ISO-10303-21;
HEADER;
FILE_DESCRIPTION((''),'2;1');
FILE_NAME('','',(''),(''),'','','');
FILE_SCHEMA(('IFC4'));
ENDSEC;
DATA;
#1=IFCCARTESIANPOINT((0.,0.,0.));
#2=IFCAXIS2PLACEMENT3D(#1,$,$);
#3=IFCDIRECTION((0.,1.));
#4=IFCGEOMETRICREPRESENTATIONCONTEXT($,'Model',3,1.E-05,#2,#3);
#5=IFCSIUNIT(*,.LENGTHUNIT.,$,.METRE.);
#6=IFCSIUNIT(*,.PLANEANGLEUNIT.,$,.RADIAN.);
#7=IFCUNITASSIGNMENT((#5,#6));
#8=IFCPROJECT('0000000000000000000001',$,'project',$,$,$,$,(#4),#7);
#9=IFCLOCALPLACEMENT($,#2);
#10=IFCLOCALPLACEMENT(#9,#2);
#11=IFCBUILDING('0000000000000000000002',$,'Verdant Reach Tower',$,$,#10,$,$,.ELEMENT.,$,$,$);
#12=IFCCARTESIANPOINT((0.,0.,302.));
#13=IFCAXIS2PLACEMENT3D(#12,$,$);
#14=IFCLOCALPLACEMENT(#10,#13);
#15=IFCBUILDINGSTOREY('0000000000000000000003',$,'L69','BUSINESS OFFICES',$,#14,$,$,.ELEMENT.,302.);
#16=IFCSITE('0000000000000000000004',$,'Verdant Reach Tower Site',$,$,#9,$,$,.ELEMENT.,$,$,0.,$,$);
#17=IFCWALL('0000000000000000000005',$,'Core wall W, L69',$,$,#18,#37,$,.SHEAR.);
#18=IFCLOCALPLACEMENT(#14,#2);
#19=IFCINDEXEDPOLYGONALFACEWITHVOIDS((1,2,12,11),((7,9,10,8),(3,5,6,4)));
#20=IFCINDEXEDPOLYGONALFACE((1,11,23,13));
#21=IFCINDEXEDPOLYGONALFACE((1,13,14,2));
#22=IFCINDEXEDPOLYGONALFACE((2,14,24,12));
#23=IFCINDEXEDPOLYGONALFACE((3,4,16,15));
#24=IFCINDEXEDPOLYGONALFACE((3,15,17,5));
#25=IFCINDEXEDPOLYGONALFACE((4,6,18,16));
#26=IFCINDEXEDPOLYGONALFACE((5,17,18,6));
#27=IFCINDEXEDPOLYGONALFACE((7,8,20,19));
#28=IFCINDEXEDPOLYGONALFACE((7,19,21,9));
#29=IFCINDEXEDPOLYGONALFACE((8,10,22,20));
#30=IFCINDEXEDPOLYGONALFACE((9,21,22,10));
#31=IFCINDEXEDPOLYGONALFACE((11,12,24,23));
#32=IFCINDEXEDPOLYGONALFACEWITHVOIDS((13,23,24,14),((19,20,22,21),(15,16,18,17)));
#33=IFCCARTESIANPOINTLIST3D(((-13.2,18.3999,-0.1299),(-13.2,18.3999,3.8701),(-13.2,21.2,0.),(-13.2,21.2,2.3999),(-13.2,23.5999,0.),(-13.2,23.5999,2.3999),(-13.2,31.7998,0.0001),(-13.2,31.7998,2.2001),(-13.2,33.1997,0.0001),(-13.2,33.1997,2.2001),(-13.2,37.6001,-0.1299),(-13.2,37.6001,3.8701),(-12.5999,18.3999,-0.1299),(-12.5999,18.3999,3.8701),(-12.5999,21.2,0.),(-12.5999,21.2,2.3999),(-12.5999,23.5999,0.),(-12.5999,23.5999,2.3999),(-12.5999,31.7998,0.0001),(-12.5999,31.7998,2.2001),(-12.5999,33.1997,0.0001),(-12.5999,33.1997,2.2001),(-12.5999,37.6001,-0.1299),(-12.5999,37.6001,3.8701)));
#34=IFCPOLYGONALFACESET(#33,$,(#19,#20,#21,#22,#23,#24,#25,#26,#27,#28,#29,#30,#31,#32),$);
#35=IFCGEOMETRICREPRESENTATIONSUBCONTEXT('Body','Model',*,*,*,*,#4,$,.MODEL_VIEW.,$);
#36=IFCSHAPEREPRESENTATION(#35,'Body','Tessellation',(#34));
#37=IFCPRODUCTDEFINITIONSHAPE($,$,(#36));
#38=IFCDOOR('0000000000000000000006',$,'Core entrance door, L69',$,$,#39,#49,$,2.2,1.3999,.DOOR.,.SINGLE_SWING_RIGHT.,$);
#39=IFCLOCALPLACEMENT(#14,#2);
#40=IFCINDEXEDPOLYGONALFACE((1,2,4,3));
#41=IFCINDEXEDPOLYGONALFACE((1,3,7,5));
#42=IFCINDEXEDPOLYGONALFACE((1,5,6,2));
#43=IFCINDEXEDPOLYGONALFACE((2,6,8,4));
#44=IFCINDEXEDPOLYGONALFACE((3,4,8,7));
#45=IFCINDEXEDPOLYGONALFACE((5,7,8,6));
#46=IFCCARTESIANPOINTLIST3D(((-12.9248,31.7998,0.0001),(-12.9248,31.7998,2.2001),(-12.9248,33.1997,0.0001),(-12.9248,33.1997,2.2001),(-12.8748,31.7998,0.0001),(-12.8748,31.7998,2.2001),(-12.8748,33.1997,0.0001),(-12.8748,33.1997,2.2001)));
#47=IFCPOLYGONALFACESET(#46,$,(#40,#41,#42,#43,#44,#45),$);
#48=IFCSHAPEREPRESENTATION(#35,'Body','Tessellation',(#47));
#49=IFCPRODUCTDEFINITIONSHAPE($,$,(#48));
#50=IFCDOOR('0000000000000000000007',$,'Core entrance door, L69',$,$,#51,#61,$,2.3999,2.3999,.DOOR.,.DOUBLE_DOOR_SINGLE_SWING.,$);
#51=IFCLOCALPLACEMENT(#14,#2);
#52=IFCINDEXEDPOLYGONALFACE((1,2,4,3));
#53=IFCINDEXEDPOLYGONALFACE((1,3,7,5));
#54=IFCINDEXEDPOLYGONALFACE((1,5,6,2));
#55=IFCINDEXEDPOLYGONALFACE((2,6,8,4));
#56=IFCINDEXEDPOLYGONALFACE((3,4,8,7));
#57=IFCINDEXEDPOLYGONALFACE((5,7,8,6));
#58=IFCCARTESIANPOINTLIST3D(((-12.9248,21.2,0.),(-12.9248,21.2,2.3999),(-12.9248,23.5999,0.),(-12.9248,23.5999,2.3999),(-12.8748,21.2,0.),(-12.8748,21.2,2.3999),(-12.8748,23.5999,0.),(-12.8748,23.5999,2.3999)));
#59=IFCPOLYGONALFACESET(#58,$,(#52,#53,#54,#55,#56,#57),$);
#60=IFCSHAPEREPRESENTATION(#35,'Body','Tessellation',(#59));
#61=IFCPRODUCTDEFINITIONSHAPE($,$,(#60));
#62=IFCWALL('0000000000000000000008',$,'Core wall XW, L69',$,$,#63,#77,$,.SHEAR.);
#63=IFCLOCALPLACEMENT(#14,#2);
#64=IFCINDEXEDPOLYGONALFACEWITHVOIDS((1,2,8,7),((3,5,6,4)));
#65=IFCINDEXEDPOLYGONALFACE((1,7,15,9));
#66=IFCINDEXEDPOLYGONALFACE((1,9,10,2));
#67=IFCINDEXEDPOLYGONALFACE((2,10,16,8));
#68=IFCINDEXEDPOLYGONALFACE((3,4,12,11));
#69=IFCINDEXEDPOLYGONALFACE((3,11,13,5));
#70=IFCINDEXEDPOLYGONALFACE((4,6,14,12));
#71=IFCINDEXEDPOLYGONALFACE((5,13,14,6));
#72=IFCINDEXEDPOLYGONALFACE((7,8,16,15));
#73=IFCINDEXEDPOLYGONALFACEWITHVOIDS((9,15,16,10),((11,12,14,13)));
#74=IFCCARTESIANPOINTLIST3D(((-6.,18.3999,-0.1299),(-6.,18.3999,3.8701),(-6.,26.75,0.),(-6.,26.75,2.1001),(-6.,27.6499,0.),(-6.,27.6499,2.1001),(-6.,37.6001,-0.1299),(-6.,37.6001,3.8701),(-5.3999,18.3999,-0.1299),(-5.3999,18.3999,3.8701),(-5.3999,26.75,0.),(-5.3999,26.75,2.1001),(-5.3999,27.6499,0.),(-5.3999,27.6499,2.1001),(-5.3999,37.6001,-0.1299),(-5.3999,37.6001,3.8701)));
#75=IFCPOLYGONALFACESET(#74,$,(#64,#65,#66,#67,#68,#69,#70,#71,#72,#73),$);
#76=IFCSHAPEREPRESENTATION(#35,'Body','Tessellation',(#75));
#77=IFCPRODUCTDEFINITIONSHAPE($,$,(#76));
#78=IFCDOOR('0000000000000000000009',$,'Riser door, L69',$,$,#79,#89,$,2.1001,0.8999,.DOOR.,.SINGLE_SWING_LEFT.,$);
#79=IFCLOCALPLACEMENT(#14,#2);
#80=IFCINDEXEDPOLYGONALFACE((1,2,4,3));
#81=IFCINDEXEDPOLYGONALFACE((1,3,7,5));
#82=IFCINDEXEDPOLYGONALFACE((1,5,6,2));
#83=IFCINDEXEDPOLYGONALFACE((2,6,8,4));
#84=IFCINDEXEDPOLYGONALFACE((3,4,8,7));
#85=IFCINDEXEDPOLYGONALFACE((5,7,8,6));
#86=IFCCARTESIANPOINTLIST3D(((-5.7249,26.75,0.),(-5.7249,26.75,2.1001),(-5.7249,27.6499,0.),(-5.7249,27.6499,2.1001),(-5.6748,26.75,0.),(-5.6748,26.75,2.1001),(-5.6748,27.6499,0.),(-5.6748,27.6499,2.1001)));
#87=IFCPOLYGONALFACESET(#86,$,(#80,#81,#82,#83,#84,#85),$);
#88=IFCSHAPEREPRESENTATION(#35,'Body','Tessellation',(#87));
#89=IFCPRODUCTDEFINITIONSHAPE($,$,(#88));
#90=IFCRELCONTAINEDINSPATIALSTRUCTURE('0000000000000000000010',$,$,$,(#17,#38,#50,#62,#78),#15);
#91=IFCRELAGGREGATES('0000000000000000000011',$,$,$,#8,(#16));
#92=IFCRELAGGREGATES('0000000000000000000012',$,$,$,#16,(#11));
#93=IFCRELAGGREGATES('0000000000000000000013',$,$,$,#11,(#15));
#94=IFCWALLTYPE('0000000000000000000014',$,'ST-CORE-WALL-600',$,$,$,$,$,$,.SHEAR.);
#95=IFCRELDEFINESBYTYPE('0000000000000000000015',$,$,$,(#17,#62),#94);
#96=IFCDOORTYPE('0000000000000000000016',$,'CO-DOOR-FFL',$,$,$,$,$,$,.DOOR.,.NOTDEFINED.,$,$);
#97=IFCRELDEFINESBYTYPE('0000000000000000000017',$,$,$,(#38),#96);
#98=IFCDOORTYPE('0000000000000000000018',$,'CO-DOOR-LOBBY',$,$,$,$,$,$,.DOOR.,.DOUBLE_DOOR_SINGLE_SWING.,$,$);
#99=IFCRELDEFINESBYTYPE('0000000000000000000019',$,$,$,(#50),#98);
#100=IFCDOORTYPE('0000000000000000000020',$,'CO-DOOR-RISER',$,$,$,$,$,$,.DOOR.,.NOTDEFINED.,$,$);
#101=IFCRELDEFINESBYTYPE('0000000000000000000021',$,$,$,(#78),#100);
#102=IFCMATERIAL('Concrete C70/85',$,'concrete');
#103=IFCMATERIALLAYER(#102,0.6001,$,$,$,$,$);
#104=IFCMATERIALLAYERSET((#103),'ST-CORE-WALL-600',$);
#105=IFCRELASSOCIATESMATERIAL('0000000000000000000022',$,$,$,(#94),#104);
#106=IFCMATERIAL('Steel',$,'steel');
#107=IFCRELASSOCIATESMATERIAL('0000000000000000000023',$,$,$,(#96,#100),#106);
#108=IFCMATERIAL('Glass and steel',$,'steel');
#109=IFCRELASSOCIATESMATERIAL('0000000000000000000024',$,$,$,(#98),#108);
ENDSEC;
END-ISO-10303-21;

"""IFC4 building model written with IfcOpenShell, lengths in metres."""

from ifc_helpers import new_model, si_unit, direction, frame, frame_2d, origin, place, context, subcontext, project, spatial, rectangle, extrude, material, layer, layer_set, type_object, element, fill, save


model = new_model("IFC4")

# Units and contexts
model_context = context("Model", 3, precision=1e-05, world=origin(), true_north=direction((0.0, 1.0)))
body_context = subcontext(model_context, "Body", "Model", "MODEL_VIEW")
ifc_project = project(units=[si_unit("LENGTHUNIT", "METRE"), si_unit("PLANEANGLEUNIT", "RADIAN")], contexts=[model_context])

# Site, building, storey
site_placement = place(None, origin())
site = spatial("IfcSite", under=ifc_project, at=site_placement, Name="Verdant Reach Tower Site", CompositionType="ELEMENT", RefElevation=0.0)
building_placement = place(site_placement, origin())
building = spatial("IfcBuilding", under=site, at=building_placement, Name="Verdant Reach Tower", CompositionType="ELEMENT")
storey_placement = place(building_placement, frame((0.0, 0.0, 302.0)))
storey = spatial("IfcBuildingStorey", under=building, at=storey_placement, Name="L69", Description="BUSINESS OFFICES", CompositionType="ELEMENT", Elevation=302.0)

# Wall, openings, doors
ifc_material_1 = material(Name="Concrete C70/85", Category="concrete")
ifc_layer_1 = layer(ifc_material_1, 0.6001)
ifc_layer_set_1 = layer_set([ifc_layer_1], Name="ST-CORE-WALL-600")
wall_type_1 = type_object("IfcWallType", Name="ST-CORE-WALL-600", PredefinedType="SHEAR", material=ifc_layer_set_1)
wall_1_placement = place(storey_placement, frame((-12.8999, 18.3999, -0.1299), z_axis=(0.0, 0.0, 1.0), x_axis=(0.0, 1.0, 0.0)))
wall_1 = element("IfcWall", 1, at=wall_1_placement, inside=storey, type_object=wall_type_1, Name="Core wall W, L69", PredefinedType="SHEAR", context=body_context, shape_type="SweptSolid", body=[
    extrude(rectangle(XDim=19.2002, YDim=0.6001, at=frame_2d((9.6001, 0.0))), origin(), (0.0, 0.0, 1.0), 4.0),
])
opening_1_placement = place(wall_1_placement, frame((2.8, 0.0, 0.1299)))
opening_1 = element("IfcOpeningElement", 2, at=opening_1_placement, cuts=wall_1, PredefinedType="OPENING", context=body_context, shape_type="SweptSolid", body=[
    extrude(rectangle(XDim=2.3999, YDim=2.3999, at=frame_2d((1.2, 1.2))), frame((0.0, 0.3101, 0.0), z_axis=(0.0, -1.0, 0.0), x_axis=(1.0, 0.0, 0.0)), (0.0, 0.0, 1.0), 0.6201),
])
opening_2_placement = place(wall_1_placement, frame((13.3999, 0.0, 0.1299)))
opening_2 = element("IfcOpeningElement", 3, at=opening_2_placement, cuts=wall_1, PredefinedType="OPENING", context=body_context, shape_type="SweptSolid", body=[
    extrude(rectangle(XDim=1.3999, YDim=2.2, at=frame_2d((0.7, 1.1001))), frame((0.0, 0.3101, 0.0), z_axis=(0.0, -1.0, 0.0), x_axis=(1.0, 0.0, 0.0)), (0.0, 0.0, 1.0), 0.6201),
])
ifc_material_2 = material(Name="Steel", Category="steel")
door_type_1 = type_object("IfcDoorType", Name="CO-DOOR-FFL", OperationType="NOTDEFINED", PredefinedType="DOOR", material=ifc_material_2)
door_1_placement = place(opening_2_placement, origin())
door_1 = element("IfcDoor", 4, at=door_1_placement, inside=storey, type_object=door_type_1, Name="Core entrance door, L69", OperationType="SINGLE_SWING_RIGHT", OverallHeight=2.2, OverallWidth=1.3999, PredefinedType="DOOR", context=body_context, shape_type="SweptSolid", body=[
    extrude(rectangle(XDim=1.3999, YDim=2.2, at=frame_2d((0.7, 1.1001))), frame((0.0, 0.0249, 0.0), z_axis=(0.0, -1.0, 0.0), x_axis=(1.0, 0.0, 0.0)), (0.0, 0.0, 1.0), 0.05),
])
fill(opening_2, door_1)
ifc_material_3 = material(Name="Glass and steel", Category="steel")
door_type_2 = type_object("IfcDoorType", Name="CO-DOOR-LOBBY", OperationType="DOUBLE_DOOR_SINGLE_SWING", PredefinedType="DOOR", material=ifc_material_3)
door_2_placement = place(opening_1_placement, origin())
door_2 = element("IfcDoor", 5, at=door_2_placement, inside=storey, type_object=door_type_2, Name="Core entrance door, L69", OperationType="DOUBLE_DOOR_SINGLE_SWING", OverallHeight=2.3999, OverallWidth=2.3999, PredefinedType="DOOR", context=body_context, shape_type="SweptSolid", body=[
    extrude(rectangle(XDim=2.3999, YDim=2.3999, at=frame_2d((1.2, 1.2))), frame((0.0, 0.0249, 0.0), z_axis=(0.0, -1.0, 0.0), x_axis=(1.0, 0.0, 0.0)), (0.0, 0.0, 1.0), 0.05),
])
fill(opening_1, door_2)

# Wall, opening, door
wall_2_placement = place(storey_placement, frame((-5.7, 18.3999, -0.1299), z_axis=(0.0, 0.0, 1.0), x_axis=(0.0, 1.0, 0.0)))
wall_2 = element("IfcWall", 6, at=wall_2_placement, inside=storey, type_object=wall_type_1, Name="Core wall XW, L69", PredefinedType="SHEAR", context=body_context, shape_type="SweptSolid", body=[
    extrude(rectangle(XDim=19.2002, YDim=0.6001, at=frame_2d((9.6001, 0.0))), origin(), (0.0, 0.0, 1.0), 4.0),
])
opening_3_placement = place(wall_2_placement, frame((8.3501, 0.0, 0.1299)))
opening_3 = element("IfcOpeningElement", 7, at=opening_3_placement, cuts=wall_2, PredefinedType="OPENING", context=body_context, shape_type="SweptSolid", body=[
    extrude(rectangle(XDim=0.8999, YDim=2.1001, at=frame_2d((0.45, 1.05))), frame((0.0, 0.3101, 0.0), z_axis=(0.0, -1.0, 0.0), x_axis=(1.0, 0.0, 0.0)), (0.0, 0.0, 1.0), 0.6201),
])
door_type_3 = type_object("IfcDoorType", Name="CO-DOOR-RISER", OperationType="NOTDEFINED", PredefinedType="DOOR", material=ifc_material_2)
door_3_placement = place(opening_3_placement, origin())
door_3 = element("IfcDoor", 8, at=door_3_placement, inside=storey, type_object=door_type_3, Name="Riser door, L69", OperationType="SINGLE_SWING_LEFT", OverallHeight=2.1001, OverallWidth=0.8999, PredefinedType="DOOR", context=body_context, shape_type="SweptSolid", body=[
    extrude(rectangle(XDim=0.8999, YDim=2.1001, at=frame_2d((0.45, 1.05))), frame((0.0, 0.0249, 0.0), z_axis=(0.0, -1.0, 0.0), x_axis=(1.0, 0.0, 0.0)), (0.0, 0.0, 1.0), 0.05),
])
fill(opening_3, door_3)

save(model, "model.ifc")
